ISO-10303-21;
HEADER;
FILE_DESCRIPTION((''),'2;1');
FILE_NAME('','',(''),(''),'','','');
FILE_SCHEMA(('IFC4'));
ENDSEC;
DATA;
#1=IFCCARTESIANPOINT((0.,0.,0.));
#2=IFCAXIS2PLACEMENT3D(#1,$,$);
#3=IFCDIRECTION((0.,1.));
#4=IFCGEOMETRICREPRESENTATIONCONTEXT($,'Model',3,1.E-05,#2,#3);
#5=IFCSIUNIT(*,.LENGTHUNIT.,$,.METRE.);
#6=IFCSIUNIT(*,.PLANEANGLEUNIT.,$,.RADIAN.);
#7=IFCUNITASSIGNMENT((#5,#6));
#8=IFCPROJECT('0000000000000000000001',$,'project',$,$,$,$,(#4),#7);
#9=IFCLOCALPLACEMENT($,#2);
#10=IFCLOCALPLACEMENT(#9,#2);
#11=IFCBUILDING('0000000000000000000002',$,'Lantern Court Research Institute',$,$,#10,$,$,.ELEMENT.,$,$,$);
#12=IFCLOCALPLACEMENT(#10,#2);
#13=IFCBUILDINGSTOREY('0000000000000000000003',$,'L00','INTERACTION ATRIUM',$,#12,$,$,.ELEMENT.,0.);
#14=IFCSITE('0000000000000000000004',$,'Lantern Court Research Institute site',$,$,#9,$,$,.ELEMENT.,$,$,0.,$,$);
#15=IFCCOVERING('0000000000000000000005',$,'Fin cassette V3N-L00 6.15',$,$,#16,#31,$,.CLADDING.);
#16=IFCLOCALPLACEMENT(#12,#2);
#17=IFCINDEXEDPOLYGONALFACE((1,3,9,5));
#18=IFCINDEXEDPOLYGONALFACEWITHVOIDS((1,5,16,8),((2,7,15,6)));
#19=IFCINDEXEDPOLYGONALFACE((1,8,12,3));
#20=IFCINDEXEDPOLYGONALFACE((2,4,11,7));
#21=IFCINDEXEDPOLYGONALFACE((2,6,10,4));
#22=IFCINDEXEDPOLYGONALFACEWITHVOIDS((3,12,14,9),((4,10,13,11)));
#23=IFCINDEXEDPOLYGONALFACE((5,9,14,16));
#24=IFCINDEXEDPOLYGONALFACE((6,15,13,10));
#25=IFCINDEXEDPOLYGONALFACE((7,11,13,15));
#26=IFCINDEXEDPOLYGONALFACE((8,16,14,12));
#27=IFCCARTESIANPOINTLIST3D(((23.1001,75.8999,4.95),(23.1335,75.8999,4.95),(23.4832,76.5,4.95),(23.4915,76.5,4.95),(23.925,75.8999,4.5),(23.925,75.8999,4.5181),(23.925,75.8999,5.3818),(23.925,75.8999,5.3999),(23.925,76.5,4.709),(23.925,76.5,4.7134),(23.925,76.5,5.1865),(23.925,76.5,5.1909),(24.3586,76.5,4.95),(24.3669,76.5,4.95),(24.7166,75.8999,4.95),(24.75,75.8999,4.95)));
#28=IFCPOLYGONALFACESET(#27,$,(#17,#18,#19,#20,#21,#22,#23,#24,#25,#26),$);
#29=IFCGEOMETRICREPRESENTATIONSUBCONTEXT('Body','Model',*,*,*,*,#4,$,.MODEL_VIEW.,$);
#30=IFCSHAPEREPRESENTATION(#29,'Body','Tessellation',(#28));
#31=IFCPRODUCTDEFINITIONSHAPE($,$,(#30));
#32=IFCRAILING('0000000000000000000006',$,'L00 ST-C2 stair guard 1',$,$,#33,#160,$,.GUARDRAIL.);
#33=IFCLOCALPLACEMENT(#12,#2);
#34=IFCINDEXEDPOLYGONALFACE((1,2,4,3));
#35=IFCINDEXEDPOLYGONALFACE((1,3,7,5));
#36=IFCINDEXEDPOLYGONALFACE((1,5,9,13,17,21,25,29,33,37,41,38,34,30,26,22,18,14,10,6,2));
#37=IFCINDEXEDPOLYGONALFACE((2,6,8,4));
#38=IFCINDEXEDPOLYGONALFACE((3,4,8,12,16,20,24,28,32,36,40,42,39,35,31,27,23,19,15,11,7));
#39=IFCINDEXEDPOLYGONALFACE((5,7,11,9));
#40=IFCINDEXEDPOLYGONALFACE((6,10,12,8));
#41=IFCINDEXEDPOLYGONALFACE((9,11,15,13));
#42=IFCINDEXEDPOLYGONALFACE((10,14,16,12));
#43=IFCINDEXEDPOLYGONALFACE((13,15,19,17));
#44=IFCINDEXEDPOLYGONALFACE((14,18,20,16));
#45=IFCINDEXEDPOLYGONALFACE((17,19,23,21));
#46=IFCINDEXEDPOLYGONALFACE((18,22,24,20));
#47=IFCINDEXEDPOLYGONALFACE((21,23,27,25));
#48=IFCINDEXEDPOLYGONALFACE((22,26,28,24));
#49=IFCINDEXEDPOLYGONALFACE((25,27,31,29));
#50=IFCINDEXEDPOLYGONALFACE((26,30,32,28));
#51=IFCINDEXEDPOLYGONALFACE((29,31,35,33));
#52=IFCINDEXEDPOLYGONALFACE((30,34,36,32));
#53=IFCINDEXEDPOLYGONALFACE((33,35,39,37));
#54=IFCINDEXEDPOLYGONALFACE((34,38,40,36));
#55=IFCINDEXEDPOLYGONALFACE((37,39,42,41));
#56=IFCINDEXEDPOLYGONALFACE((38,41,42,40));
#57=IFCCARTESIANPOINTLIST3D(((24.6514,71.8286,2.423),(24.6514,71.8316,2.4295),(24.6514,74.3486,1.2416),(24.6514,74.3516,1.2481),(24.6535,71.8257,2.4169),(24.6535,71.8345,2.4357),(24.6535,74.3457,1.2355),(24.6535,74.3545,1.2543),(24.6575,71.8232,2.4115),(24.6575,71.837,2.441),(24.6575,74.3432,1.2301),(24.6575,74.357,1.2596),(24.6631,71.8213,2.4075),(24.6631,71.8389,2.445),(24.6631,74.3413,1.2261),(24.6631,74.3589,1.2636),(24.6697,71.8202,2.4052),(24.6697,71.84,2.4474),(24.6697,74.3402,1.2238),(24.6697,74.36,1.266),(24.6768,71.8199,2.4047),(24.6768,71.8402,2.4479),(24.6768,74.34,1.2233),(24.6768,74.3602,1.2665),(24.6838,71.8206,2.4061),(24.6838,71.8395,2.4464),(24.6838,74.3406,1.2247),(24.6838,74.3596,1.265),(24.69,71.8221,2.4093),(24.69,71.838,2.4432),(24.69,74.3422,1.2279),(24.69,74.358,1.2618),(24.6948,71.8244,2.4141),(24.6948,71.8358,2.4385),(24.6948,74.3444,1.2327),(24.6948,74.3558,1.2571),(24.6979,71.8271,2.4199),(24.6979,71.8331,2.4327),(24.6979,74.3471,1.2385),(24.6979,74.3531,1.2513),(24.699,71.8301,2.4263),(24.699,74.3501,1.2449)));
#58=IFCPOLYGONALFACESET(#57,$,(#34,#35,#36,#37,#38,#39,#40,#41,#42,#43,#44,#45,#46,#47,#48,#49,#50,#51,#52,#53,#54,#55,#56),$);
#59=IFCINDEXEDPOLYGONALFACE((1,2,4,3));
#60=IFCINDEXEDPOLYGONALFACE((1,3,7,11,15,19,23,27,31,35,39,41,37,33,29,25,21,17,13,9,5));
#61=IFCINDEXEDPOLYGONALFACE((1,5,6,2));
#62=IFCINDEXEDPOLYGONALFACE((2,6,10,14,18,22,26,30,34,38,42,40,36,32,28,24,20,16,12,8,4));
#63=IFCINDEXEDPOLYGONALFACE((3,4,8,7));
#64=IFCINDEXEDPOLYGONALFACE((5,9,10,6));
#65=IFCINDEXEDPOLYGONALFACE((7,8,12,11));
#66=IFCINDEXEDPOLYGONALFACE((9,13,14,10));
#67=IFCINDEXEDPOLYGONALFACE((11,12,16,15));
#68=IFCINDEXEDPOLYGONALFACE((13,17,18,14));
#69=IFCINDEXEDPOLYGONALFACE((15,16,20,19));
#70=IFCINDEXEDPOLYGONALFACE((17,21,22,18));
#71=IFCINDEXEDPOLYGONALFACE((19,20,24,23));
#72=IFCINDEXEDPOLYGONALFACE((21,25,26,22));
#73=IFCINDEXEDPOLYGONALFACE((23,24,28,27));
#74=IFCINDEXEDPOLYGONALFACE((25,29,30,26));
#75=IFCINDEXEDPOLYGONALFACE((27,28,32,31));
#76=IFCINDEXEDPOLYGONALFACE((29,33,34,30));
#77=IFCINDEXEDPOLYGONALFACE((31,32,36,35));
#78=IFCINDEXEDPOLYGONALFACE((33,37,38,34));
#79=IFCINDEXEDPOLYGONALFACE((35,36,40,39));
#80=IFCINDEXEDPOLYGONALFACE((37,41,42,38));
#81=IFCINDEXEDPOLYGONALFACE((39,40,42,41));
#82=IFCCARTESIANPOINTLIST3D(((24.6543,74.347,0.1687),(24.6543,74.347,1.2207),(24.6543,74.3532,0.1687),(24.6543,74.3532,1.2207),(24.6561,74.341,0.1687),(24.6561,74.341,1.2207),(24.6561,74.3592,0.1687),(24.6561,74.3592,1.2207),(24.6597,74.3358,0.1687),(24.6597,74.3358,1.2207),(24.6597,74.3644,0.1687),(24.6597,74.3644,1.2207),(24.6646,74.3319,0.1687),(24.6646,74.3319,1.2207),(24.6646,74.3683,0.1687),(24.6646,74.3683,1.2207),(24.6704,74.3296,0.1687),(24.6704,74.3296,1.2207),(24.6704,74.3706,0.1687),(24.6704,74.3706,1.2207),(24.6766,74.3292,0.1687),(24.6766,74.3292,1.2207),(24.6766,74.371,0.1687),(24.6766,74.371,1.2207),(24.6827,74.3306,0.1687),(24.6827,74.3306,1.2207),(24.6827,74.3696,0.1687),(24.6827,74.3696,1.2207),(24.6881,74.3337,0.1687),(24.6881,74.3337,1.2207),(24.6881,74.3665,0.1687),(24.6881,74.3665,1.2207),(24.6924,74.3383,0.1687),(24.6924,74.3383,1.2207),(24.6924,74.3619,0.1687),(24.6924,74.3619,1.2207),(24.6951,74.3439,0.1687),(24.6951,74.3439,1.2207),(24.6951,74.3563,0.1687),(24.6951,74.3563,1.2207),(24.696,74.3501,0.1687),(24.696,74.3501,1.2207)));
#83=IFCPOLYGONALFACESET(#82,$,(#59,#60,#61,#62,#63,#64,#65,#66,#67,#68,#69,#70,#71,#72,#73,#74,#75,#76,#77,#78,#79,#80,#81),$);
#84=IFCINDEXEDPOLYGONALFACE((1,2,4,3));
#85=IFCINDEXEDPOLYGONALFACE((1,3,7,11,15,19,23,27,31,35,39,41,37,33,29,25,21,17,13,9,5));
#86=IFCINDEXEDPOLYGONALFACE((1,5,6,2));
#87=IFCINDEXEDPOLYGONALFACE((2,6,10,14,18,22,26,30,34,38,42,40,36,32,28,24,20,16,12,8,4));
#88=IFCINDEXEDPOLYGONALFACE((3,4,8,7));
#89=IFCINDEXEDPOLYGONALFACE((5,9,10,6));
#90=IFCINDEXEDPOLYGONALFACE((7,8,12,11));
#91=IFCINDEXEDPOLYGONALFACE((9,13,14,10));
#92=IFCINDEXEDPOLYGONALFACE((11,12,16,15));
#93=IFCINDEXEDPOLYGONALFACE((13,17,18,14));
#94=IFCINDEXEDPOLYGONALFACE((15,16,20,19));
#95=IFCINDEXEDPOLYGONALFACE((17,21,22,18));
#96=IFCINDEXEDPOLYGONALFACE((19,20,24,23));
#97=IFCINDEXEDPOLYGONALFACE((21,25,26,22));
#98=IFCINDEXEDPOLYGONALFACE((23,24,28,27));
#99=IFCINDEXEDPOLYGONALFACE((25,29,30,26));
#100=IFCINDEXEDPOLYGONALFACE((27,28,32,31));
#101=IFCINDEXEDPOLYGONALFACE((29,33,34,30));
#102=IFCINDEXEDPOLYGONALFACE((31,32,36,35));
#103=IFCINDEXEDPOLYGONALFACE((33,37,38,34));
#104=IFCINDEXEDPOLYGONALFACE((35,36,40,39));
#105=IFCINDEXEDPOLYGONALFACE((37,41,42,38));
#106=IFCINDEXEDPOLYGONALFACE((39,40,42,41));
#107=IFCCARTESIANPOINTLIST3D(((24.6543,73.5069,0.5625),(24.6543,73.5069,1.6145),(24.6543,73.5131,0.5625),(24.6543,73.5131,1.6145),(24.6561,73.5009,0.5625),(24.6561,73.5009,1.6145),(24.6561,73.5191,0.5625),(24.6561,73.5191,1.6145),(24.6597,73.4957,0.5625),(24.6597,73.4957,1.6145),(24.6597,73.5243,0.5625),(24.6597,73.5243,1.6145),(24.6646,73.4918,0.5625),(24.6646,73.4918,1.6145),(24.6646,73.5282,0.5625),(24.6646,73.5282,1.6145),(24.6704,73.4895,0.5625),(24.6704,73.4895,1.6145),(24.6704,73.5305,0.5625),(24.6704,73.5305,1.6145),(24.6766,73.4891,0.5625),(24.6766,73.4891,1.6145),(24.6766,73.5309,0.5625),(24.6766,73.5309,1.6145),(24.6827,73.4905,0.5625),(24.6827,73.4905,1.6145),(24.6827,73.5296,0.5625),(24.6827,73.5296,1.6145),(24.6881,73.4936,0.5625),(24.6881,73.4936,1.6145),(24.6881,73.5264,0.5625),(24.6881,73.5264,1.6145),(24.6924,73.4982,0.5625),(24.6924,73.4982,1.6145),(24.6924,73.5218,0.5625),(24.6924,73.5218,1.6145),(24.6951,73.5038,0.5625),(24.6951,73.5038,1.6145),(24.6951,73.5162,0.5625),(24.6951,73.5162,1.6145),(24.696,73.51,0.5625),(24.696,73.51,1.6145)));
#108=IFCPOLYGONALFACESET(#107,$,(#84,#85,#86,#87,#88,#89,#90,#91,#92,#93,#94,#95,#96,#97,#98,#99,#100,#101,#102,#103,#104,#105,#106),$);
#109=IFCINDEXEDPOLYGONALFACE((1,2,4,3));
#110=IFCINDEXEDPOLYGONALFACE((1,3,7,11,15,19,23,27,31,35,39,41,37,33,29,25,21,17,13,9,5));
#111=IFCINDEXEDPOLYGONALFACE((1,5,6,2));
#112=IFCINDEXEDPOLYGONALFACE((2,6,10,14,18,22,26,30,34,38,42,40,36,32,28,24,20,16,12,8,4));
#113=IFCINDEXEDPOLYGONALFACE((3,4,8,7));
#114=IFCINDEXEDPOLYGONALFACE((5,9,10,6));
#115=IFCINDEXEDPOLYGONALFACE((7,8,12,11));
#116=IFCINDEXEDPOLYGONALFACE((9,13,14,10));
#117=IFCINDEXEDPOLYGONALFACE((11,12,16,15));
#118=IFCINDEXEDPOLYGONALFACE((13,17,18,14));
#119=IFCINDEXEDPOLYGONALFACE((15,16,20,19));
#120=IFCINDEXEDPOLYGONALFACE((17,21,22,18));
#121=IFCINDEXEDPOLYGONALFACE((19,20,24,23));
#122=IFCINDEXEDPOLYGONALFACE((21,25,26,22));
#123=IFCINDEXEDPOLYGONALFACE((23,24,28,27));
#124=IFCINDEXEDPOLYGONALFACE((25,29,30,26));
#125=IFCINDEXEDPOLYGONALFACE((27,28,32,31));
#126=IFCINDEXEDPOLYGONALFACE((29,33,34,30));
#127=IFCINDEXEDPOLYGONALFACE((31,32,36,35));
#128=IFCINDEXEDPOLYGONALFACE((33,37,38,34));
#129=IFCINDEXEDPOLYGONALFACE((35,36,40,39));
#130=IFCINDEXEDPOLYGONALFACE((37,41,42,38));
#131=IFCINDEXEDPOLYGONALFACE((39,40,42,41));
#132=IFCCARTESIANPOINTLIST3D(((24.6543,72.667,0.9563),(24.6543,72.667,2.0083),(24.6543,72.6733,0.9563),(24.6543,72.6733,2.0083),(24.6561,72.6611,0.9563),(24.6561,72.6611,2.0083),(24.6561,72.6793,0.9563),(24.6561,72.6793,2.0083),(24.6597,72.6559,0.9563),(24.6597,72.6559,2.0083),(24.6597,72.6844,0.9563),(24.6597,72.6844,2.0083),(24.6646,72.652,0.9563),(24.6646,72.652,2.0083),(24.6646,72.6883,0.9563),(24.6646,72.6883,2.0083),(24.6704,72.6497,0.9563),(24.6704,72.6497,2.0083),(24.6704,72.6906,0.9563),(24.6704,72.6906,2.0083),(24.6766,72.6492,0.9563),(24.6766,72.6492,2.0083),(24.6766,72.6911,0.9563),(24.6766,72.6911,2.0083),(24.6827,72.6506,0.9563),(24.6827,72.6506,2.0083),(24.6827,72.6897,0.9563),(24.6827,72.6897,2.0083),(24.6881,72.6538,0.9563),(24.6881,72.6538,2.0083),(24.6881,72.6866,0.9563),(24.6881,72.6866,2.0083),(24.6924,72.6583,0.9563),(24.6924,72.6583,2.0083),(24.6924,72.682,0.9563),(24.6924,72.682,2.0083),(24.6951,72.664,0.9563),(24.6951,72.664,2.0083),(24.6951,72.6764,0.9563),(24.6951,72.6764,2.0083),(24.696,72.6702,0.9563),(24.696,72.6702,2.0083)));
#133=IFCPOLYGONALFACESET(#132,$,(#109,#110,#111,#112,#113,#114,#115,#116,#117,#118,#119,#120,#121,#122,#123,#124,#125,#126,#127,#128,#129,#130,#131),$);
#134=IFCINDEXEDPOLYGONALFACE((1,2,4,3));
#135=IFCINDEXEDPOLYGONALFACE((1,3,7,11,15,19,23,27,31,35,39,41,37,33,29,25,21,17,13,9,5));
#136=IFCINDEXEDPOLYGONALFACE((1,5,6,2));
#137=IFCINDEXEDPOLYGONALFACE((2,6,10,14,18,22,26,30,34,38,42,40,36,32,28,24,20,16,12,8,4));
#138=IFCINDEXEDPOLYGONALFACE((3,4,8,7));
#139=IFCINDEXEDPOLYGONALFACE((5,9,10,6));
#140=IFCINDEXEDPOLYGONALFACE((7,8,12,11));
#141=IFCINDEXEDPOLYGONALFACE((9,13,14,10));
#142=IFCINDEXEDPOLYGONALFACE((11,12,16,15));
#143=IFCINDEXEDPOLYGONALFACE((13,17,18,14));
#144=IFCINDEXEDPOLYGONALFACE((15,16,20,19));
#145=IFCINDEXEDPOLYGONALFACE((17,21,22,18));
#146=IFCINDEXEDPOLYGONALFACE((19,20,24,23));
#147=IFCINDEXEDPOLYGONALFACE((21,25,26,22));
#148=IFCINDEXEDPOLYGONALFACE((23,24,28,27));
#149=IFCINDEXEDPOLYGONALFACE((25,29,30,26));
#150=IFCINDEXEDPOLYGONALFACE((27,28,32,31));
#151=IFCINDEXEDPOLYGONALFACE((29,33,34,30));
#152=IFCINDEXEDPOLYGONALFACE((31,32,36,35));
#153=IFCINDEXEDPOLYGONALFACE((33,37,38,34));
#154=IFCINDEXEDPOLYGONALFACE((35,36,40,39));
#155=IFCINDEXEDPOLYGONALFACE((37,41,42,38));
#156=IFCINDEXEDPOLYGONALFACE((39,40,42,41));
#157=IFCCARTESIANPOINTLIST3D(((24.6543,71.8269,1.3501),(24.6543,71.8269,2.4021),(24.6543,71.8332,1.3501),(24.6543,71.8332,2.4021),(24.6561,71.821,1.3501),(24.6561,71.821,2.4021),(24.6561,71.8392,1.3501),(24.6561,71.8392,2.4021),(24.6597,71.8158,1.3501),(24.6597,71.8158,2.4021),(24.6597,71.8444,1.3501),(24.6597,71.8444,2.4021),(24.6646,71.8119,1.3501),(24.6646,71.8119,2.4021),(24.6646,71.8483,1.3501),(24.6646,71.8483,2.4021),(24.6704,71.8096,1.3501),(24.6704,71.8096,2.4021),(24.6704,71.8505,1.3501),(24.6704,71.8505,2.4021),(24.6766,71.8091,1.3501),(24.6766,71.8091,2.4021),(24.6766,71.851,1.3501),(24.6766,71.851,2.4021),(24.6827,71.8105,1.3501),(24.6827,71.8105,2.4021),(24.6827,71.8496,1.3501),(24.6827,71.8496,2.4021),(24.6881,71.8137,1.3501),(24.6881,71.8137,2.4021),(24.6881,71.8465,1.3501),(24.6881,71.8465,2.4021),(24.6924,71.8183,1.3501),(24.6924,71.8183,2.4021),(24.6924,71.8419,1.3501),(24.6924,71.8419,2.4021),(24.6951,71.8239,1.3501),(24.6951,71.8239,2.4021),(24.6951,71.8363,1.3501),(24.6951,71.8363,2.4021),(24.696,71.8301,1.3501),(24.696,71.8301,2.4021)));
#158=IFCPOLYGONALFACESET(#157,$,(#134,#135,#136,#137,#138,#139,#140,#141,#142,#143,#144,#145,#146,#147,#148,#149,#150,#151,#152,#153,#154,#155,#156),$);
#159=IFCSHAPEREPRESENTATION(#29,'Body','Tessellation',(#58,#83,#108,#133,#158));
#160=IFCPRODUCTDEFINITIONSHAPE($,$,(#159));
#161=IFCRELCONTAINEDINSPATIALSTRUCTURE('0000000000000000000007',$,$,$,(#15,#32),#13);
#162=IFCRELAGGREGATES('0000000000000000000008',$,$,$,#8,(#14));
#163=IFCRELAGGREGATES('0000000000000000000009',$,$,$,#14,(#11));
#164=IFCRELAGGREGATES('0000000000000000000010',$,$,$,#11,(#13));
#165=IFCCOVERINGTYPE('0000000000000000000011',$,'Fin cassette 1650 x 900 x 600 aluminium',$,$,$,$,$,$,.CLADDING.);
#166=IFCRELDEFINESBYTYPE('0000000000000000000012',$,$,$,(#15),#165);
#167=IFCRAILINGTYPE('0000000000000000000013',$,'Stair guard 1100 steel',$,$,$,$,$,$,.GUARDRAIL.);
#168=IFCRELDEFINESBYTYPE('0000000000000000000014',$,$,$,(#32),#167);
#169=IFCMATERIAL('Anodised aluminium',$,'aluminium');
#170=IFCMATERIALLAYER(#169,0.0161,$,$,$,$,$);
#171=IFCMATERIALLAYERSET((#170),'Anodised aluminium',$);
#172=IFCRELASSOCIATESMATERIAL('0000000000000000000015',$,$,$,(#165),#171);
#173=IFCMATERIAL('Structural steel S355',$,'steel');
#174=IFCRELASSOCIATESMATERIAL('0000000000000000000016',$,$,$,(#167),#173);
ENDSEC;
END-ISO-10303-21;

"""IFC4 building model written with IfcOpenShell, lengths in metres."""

from ifc_helpers import new_model, entity, si_unit, direction, frame, origin, origin_2d, place, context, subcontext, project, spatial, circle, extrude, material, layer, layer_set, type_object, element, save


model = new_model("IFC4")

# Units and contexts
model_context = context("Model", 3, precision=1e-05, world=origin(), true_north=direction((0.0, 1.0)))
body_context = subcontext(model_context, "Body", "Model", "MODEL_VIEW")
ifc_project = project(units=[si_unit("LENGTHUNIT", "METRE"), si_unit("PLANEANGLEUNIT", "RADIAN")], contexts=[model_context])

# Site, building, storey
site_placement = place(None, origin())
site = spatial("IfcSite", under=ifc_project, at=site_placement, Name="Lantern Court Research Institute site", CompositionType="ELEMENT", RefElevation=0.0)
building_placement = place(site_placement, origin())
building = spatial("IfcBuilding", under=site, at=building_placement, Name="Lantern Court Research Institute", CompositionType="ELEMENT")
storey_placement = place(building_placement, origin())
storey = spatial("IfcBuildingStorey", under=building, at=storey_placement, Name="L00", Description="INTERACTION ATRIUM", CompositionType="ELEMENT", Elevation=0.0)

# Covering
ifc_material_1 = material(Name="Anodised aluminium", Category="aluminium")
ifc_layer_1 = layer(ifc_material_1, 0.0161)
ifc_layer_set_1 = layer_set([ifc_layer_1], Name="Anodised aluminium")
covering_type = type_object("IfcCoveringType", Name="Fin cassette 1650 x 900 x 600 aluminium", PredefinedType="CLADDING", material=ifc_layer_set_1)
covering_1_placement = place(storey_placement, frame((23.925, 75.8999, 4.95), z_axis=(0.0, 1.0, 0.0), x_axis=(-1.0, 0.0, 0.0)))
cartesian_point_1 = entity("IfcCartesianPoint", [0.825, 0.0])
cartesian_point_2 = entity("IfcCartesianPoint", [0.7915, 0.0])
cartesian_point_3 = entity("IfcCartesianPoint", [0.4419, 0.0])
cartesian_point_4 = entity("IfcCartesianPoint", [0.4336, 0.0])
element("IfcCovering", 1, at=covering_1_placement, inside=storey, type_object=covering_type, Name="Fin cassette V3N-L00 6.15", PredefinedType="CLADDING", context=body_context, shape_type="SweptSolid", body=[
    entity("IfcExtrudedAreaSolidTapered", entity("IfcArbitraryProfileDefWithVoids", "AREA", None, entity("IfcPolyline", [cartesian_point_1, entity("IfcCartesianPoint", [0.0, 0.45]), entity("IfcCartesianPoint", [-0.825, 0.0]), entity("IfcCartesianPoint", [0.0, -0.45]), cartesian_point_1]), [entity("IfcPolyline", [cartesian_point_2, entity("IfcCartesianPoint", [0.0, 0.4319]), entity("IfcCartesianPoint", [-0.7915, 0.0]), entity("IfcCartesianPoint", [0.0, -0.4319]), cartesian_point_2])]), entity("IfcAxis2Placement3D", entity("IfcCartesianPoint", [0.0, 0.0, 0.0])), entity("IfcDirection", [0.0, 0.0, 1.0]), 0.6001, entity("IfcArbitraryProfileDefWithVoids", "AREA", None, entity("IfcPolyline", [cartesian_point_3, entity("IfcCartesianPoint", [0.0, 0.241]), entity("IfcCartesianPoint", [-0.4419, 0.0]), entity("IfcCartesianPoint", [0.0, -0.241]), cartesian_point_3]), [entity("IfcPolyline", [cartesian_point_4, entity("IfcCartesianPoint", [0.0, 0.2366]), entity("IfcCartesianPoint", [-0.4336, 0.0]), entity("IfcCartesianPoint", [0.0, -0.2366]), cartesian_point_4])])),
])

# Railing
ifc_material_2 = material(Name="Structural steel S355", Category="steel")
railing_type_1 = type_object("IfcRailingType", Name="Stair guard 1100 steel", PredefinedType="GUARDRAIL", material=ifc_material_2)
railing_placement = place(storey_placement, frame((24.675, 74.3501, 0.1687)))
element("IfcRailing", 2, at=railing_placement, inside=storey, type_object=railing_type_1, Name="L00 ST-C2 stair guard 1", PredefinedType="GUARDRAIL", context=body_context, shape_type="SweptSolid", body=[
    extrude(circle(Radius=0.0239, at=origin_2d()), frame((0.0, 0.0, 1.0762), z_axis=(0.0, -0.90544, 0.424474), x_axis=(1.0, 0.0, 0.0)), (0.0, 0.0, 1.0), 2.7832),
    extrude(circle(Radius=0.021, at=origin_2d()), origin(), (0.0, 0.0, 1.0), 1.052),
    extrude(circle(Radius=0.021, at=origin_2d()), frame((0.0, -0.8401, 0.3938)), (0.0, 0.0, 1.0), 1.052),
    extrude(circle(Radius=0.021, at=origin_2d()), frame((0.0, -1.6799, 0.7876)), (0.0, 0.0, 1.0), 1.052),
    extrude(circle(Radius=0.021, at=origin_2d()), frame((0.0, -2.52, 1.1814)), (0.0, 0.0, 1.0), 1.052),
])

save(model, "model.ifc")
